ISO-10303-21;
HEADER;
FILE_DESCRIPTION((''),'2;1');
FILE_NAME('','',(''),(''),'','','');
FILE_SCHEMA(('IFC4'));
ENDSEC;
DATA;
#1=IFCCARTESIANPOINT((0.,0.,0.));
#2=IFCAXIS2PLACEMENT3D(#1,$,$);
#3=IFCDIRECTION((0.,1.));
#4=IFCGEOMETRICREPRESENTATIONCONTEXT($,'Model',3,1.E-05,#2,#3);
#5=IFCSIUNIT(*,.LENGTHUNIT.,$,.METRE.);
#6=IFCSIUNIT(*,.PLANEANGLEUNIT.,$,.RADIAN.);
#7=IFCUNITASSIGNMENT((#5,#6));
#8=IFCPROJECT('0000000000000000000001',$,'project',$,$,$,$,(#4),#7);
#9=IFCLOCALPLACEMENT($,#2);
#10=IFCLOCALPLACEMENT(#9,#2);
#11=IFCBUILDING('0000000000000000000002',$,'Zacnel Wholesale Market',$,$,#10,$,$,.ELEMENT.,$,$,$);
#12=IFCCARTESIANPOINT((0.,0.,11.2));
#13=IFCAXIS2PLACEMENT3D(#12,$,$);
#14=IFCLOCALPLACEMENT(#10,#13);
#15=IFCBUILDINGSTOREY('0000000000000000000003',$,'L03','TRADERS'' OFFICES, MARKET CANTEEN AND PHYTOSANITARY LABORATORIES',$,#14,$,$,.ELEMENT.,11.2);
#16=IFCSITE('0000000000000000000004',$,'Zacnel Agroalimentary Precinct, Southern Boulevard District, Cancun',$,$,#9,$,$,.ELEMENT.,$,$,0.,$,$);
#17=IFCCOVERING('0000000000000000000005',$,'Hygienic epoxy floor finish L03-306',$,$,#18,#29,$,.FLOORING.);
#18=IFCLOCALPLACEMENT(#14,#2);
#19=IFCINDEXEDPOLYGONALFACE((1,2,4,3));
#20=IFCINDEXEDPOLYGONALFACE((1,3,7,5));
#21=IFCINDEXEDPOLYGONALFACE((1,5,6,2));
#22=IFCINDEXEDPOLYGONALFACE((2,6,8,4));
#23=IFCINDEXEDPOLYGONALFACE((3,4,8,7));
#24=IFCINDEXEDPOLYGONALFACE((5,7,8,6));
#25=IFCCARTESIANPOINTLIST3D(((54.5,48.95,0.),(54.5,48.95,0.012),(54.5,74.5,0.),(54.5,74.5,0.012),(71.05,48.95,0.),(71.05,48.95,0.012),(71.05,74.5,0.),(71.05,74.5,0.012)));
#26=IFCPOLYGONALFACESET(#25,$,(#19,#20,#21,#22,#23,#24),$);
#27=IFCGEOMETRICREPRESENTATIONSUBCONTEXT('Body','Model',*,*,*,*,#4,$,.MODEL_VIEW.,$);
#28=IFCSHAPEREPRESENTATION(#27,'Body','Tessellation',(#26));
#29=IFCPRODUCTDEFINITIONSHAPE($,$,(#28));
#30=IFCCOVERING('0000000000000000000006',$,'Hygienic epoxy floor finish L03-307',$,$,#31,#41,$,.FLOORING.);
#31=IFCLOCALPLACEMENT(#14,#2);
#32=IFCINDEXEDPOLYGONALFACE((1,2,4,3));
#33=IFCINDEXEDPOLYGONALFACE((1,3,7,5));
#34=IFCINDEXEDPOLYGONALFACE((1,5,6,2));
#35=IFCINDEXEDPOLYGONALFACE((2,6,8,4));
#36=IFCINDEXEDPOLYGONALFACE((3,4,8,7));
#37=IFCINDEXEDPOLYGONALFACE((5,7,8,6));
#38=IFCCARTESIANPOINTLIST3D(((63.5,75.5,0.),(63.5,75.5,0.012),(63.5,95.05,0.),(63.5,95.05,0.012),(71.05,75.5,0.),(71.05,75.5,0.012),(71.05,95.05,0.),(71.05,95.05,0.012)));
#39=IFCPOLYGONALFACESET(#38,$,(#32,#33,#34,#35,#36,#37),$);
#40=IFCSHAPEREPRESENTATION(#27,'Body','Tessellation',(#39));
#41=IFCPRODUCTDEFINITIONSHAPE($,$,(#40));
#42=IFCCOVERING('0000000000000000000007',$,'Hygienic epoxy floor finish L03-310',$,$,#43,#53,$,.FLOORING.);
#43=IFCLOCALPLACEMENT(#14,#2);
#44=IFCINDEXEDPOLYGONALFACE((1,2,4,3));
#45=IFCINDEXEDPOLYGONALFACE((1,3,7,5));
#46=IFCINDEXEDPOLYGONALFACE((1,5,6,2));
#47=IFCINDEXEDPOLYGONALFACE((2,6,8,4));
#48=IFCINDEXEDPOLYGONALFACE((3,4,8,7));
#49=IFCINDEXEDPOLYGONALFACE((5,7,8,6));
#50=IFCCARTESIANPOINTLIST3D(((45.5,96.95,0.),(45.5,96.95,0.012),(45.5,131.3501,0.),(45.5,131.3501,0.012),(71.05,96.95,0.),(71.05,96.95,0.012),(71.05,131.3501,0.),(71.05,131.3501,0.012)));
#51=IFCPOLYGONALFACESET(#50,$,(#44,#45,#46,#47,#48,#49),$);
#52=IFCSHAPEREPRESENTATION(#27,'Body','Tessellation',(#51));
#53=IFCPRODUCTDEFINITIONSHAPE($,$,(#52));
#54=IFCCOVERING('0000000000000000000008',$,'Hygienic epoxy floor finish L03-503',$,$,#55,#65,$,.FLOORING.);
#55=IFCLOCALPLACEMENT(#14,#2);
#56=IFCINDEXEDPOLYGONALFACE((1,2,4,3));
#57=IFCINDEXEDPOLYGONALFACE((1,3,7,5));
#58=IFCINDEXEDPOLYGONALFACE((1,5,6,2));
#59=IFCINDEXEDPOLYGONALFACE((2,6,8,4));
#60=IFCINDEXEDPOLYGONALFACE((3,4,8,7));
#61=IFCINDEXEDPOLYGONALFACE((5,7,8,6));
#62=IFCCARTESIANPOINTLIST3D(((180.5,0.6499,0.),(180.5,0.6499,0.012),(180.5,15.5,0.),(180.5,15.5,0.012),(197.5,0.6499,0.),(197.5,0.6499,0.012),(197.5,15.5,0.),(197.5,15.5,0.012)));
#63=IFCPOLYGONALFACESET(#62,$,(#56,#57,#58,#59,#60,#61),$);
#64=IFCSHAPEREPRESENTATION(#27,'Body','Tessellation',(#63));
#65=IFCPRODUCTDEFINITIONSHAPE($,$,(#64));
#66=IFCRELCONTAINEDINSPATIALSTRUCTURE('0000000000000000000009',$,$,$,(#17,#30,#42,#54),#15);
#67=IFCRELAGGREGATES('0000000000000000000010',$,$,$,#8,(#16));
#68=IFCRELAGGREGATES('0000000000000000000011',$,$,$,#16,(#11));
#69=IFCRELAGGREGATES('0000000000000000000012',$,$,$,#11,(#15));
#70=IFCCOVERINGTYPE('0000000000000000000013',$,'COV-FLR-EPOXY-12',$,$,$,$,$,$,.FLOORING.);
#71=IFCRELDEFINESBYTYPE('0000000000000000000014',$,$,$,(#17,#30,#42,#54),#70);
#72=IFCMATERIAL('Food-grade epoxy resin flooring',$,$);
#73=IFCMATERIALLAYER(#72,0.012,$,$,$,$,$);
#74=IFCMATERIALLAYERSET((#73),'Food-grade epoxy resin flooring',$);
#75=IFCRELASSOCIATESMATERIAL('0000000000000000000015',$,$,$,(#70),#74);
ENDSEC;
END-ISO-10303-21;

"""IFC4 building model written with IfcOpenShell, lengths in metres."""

from ifc_helpers import new_model, si_unit, direction, frame, origin, place, context, subcontext, project, spatial, polyline, outline, extrude, material, layer, layer_set, type_object, element, save


model = new_model("IFC4")

# Units and contexts
model_context = context("Model", 3, precision=1e-05, world=origin(), true_north=direction((0.0, 1.0)))
body_context = subcontext(model_context, "Body", "Model", "MODEL_VIEW")
ifc_project = project(units=[si_unit("LENGTHUNIT", "METRE"), si_unit("PLANEANGLEUNIT", "RADIAN")], contexts=[model_context])

# Site, building, storey
site_placement = place(None, origin())
site = spatial("IfcSite", under=ifc_project, at=site_placement, Name="Zacnel Agroalimentary Precinct, Southern Boulevard District, Cancun", CompositionType="ELEMENT", RefElevation=0.0)
building_placement = place(site_placement, origin())
building = spatial("IfcBuilding", under=site, at=building_placement, Name="Zacnel Wholesale Market", CompositionType="ELEMENT")
storey_placement = place(building_placement, frame((0.0, 0.0, 11.2)))
storey = spatial("IfcBuildingStorey", under=building, at=storey_placement, Name="L03", Description="TRADERS' OFFICES, MARKET CANTEEN AND PHYTOSANITARY LABORATORIES", CompositionType="ELEMENT", Elevation=11.2)

# Coverings
ifc_material_1 = material(Name="Food-grade epoxy resin flooring")
ifc_layer_1 = layer(ifc_material_1, 0.012)
ifc_layer_set_1 = layer_set([ifc_layer_1], Name="Food-grade epoxy resin flooring")
covering_type_1 = type_object("IfcCoveringType", Name="COV-FLR-EPOXY-12", PredefinedType="FLOORING", material=ifc_layer_set_1)
covering_1_placement = place(storey_placement, origin())
element("IfcCovering", 1, at=covering_1_placement, inside=storey, type_object=covering_type_1, Name="Hygienic epoxy floor finish L03-306", PredefinedType="FLOORING", context=body_context, shape_type="SweptSolid", body=[
    extrude(outline(polyline([(54.5, 48.95), (71.05, 48.95), (71.05, 74.5), (54.5, 74.5), (54.5, 48.95)])), origin(), (0.0, 0.0, 1.0), 0.012),
])
covering_2_placement = place(storey_placement, origin())
element("IfcCovering", 2, at=covering_2_placement, inside=storey, type_object=covering_type_1, Name="Hygienic epoxy floor finish L03-307", PredefinedType="FLOORING", context=body_context, shape_type="SweptSolid", body=[
    extrude(outline(polyline([(63.5, 75.5), (71.05, 75.5), (71.05, 95.05), (63.5, 95.05), (63.5, 75.5)])), origin(), (0.0, 0.0, 1.0), 0.012),
])
covering_3_placement = place(storey_placement, origin())
element("IfcCovering", 3, at=covering_3_placement, inside=storey, type_object=covering_type_1, Name="Hygienic epoxy floor finish L03-310", PredefinedType="FLOORING", context=body_context, shape_type="SweptSolid", body=[
    extrude(outline(polyline([(45.5, 96.95), (71.05, 96.95), (71.05, 131.3501), (45.5, 131.3501), (45.5, 96.95)])), origin(), (0.0, 0.0, 1.0), 0.012),
])
covering_4_placement = place(storey_placement, origin())
element("IfcCovering", 4, at=covering_4_placement, inside=storey, type_object=covering_type_1, Name="Hygienic epoxy floor finish L03-503", PredefinedType="FLOORING", context=body_context, shape_type="SweptSolid", body=[
    extrude(outline(polyline([(180.5, 0.6499), (197.5, 0.6499), (197.5, 15.5), (180.5, 15.5), (180.5, 0.6499)])), origin(), (0.0, 0.0, 1.0), 0.012),
])

save(model, "model.ifc")
